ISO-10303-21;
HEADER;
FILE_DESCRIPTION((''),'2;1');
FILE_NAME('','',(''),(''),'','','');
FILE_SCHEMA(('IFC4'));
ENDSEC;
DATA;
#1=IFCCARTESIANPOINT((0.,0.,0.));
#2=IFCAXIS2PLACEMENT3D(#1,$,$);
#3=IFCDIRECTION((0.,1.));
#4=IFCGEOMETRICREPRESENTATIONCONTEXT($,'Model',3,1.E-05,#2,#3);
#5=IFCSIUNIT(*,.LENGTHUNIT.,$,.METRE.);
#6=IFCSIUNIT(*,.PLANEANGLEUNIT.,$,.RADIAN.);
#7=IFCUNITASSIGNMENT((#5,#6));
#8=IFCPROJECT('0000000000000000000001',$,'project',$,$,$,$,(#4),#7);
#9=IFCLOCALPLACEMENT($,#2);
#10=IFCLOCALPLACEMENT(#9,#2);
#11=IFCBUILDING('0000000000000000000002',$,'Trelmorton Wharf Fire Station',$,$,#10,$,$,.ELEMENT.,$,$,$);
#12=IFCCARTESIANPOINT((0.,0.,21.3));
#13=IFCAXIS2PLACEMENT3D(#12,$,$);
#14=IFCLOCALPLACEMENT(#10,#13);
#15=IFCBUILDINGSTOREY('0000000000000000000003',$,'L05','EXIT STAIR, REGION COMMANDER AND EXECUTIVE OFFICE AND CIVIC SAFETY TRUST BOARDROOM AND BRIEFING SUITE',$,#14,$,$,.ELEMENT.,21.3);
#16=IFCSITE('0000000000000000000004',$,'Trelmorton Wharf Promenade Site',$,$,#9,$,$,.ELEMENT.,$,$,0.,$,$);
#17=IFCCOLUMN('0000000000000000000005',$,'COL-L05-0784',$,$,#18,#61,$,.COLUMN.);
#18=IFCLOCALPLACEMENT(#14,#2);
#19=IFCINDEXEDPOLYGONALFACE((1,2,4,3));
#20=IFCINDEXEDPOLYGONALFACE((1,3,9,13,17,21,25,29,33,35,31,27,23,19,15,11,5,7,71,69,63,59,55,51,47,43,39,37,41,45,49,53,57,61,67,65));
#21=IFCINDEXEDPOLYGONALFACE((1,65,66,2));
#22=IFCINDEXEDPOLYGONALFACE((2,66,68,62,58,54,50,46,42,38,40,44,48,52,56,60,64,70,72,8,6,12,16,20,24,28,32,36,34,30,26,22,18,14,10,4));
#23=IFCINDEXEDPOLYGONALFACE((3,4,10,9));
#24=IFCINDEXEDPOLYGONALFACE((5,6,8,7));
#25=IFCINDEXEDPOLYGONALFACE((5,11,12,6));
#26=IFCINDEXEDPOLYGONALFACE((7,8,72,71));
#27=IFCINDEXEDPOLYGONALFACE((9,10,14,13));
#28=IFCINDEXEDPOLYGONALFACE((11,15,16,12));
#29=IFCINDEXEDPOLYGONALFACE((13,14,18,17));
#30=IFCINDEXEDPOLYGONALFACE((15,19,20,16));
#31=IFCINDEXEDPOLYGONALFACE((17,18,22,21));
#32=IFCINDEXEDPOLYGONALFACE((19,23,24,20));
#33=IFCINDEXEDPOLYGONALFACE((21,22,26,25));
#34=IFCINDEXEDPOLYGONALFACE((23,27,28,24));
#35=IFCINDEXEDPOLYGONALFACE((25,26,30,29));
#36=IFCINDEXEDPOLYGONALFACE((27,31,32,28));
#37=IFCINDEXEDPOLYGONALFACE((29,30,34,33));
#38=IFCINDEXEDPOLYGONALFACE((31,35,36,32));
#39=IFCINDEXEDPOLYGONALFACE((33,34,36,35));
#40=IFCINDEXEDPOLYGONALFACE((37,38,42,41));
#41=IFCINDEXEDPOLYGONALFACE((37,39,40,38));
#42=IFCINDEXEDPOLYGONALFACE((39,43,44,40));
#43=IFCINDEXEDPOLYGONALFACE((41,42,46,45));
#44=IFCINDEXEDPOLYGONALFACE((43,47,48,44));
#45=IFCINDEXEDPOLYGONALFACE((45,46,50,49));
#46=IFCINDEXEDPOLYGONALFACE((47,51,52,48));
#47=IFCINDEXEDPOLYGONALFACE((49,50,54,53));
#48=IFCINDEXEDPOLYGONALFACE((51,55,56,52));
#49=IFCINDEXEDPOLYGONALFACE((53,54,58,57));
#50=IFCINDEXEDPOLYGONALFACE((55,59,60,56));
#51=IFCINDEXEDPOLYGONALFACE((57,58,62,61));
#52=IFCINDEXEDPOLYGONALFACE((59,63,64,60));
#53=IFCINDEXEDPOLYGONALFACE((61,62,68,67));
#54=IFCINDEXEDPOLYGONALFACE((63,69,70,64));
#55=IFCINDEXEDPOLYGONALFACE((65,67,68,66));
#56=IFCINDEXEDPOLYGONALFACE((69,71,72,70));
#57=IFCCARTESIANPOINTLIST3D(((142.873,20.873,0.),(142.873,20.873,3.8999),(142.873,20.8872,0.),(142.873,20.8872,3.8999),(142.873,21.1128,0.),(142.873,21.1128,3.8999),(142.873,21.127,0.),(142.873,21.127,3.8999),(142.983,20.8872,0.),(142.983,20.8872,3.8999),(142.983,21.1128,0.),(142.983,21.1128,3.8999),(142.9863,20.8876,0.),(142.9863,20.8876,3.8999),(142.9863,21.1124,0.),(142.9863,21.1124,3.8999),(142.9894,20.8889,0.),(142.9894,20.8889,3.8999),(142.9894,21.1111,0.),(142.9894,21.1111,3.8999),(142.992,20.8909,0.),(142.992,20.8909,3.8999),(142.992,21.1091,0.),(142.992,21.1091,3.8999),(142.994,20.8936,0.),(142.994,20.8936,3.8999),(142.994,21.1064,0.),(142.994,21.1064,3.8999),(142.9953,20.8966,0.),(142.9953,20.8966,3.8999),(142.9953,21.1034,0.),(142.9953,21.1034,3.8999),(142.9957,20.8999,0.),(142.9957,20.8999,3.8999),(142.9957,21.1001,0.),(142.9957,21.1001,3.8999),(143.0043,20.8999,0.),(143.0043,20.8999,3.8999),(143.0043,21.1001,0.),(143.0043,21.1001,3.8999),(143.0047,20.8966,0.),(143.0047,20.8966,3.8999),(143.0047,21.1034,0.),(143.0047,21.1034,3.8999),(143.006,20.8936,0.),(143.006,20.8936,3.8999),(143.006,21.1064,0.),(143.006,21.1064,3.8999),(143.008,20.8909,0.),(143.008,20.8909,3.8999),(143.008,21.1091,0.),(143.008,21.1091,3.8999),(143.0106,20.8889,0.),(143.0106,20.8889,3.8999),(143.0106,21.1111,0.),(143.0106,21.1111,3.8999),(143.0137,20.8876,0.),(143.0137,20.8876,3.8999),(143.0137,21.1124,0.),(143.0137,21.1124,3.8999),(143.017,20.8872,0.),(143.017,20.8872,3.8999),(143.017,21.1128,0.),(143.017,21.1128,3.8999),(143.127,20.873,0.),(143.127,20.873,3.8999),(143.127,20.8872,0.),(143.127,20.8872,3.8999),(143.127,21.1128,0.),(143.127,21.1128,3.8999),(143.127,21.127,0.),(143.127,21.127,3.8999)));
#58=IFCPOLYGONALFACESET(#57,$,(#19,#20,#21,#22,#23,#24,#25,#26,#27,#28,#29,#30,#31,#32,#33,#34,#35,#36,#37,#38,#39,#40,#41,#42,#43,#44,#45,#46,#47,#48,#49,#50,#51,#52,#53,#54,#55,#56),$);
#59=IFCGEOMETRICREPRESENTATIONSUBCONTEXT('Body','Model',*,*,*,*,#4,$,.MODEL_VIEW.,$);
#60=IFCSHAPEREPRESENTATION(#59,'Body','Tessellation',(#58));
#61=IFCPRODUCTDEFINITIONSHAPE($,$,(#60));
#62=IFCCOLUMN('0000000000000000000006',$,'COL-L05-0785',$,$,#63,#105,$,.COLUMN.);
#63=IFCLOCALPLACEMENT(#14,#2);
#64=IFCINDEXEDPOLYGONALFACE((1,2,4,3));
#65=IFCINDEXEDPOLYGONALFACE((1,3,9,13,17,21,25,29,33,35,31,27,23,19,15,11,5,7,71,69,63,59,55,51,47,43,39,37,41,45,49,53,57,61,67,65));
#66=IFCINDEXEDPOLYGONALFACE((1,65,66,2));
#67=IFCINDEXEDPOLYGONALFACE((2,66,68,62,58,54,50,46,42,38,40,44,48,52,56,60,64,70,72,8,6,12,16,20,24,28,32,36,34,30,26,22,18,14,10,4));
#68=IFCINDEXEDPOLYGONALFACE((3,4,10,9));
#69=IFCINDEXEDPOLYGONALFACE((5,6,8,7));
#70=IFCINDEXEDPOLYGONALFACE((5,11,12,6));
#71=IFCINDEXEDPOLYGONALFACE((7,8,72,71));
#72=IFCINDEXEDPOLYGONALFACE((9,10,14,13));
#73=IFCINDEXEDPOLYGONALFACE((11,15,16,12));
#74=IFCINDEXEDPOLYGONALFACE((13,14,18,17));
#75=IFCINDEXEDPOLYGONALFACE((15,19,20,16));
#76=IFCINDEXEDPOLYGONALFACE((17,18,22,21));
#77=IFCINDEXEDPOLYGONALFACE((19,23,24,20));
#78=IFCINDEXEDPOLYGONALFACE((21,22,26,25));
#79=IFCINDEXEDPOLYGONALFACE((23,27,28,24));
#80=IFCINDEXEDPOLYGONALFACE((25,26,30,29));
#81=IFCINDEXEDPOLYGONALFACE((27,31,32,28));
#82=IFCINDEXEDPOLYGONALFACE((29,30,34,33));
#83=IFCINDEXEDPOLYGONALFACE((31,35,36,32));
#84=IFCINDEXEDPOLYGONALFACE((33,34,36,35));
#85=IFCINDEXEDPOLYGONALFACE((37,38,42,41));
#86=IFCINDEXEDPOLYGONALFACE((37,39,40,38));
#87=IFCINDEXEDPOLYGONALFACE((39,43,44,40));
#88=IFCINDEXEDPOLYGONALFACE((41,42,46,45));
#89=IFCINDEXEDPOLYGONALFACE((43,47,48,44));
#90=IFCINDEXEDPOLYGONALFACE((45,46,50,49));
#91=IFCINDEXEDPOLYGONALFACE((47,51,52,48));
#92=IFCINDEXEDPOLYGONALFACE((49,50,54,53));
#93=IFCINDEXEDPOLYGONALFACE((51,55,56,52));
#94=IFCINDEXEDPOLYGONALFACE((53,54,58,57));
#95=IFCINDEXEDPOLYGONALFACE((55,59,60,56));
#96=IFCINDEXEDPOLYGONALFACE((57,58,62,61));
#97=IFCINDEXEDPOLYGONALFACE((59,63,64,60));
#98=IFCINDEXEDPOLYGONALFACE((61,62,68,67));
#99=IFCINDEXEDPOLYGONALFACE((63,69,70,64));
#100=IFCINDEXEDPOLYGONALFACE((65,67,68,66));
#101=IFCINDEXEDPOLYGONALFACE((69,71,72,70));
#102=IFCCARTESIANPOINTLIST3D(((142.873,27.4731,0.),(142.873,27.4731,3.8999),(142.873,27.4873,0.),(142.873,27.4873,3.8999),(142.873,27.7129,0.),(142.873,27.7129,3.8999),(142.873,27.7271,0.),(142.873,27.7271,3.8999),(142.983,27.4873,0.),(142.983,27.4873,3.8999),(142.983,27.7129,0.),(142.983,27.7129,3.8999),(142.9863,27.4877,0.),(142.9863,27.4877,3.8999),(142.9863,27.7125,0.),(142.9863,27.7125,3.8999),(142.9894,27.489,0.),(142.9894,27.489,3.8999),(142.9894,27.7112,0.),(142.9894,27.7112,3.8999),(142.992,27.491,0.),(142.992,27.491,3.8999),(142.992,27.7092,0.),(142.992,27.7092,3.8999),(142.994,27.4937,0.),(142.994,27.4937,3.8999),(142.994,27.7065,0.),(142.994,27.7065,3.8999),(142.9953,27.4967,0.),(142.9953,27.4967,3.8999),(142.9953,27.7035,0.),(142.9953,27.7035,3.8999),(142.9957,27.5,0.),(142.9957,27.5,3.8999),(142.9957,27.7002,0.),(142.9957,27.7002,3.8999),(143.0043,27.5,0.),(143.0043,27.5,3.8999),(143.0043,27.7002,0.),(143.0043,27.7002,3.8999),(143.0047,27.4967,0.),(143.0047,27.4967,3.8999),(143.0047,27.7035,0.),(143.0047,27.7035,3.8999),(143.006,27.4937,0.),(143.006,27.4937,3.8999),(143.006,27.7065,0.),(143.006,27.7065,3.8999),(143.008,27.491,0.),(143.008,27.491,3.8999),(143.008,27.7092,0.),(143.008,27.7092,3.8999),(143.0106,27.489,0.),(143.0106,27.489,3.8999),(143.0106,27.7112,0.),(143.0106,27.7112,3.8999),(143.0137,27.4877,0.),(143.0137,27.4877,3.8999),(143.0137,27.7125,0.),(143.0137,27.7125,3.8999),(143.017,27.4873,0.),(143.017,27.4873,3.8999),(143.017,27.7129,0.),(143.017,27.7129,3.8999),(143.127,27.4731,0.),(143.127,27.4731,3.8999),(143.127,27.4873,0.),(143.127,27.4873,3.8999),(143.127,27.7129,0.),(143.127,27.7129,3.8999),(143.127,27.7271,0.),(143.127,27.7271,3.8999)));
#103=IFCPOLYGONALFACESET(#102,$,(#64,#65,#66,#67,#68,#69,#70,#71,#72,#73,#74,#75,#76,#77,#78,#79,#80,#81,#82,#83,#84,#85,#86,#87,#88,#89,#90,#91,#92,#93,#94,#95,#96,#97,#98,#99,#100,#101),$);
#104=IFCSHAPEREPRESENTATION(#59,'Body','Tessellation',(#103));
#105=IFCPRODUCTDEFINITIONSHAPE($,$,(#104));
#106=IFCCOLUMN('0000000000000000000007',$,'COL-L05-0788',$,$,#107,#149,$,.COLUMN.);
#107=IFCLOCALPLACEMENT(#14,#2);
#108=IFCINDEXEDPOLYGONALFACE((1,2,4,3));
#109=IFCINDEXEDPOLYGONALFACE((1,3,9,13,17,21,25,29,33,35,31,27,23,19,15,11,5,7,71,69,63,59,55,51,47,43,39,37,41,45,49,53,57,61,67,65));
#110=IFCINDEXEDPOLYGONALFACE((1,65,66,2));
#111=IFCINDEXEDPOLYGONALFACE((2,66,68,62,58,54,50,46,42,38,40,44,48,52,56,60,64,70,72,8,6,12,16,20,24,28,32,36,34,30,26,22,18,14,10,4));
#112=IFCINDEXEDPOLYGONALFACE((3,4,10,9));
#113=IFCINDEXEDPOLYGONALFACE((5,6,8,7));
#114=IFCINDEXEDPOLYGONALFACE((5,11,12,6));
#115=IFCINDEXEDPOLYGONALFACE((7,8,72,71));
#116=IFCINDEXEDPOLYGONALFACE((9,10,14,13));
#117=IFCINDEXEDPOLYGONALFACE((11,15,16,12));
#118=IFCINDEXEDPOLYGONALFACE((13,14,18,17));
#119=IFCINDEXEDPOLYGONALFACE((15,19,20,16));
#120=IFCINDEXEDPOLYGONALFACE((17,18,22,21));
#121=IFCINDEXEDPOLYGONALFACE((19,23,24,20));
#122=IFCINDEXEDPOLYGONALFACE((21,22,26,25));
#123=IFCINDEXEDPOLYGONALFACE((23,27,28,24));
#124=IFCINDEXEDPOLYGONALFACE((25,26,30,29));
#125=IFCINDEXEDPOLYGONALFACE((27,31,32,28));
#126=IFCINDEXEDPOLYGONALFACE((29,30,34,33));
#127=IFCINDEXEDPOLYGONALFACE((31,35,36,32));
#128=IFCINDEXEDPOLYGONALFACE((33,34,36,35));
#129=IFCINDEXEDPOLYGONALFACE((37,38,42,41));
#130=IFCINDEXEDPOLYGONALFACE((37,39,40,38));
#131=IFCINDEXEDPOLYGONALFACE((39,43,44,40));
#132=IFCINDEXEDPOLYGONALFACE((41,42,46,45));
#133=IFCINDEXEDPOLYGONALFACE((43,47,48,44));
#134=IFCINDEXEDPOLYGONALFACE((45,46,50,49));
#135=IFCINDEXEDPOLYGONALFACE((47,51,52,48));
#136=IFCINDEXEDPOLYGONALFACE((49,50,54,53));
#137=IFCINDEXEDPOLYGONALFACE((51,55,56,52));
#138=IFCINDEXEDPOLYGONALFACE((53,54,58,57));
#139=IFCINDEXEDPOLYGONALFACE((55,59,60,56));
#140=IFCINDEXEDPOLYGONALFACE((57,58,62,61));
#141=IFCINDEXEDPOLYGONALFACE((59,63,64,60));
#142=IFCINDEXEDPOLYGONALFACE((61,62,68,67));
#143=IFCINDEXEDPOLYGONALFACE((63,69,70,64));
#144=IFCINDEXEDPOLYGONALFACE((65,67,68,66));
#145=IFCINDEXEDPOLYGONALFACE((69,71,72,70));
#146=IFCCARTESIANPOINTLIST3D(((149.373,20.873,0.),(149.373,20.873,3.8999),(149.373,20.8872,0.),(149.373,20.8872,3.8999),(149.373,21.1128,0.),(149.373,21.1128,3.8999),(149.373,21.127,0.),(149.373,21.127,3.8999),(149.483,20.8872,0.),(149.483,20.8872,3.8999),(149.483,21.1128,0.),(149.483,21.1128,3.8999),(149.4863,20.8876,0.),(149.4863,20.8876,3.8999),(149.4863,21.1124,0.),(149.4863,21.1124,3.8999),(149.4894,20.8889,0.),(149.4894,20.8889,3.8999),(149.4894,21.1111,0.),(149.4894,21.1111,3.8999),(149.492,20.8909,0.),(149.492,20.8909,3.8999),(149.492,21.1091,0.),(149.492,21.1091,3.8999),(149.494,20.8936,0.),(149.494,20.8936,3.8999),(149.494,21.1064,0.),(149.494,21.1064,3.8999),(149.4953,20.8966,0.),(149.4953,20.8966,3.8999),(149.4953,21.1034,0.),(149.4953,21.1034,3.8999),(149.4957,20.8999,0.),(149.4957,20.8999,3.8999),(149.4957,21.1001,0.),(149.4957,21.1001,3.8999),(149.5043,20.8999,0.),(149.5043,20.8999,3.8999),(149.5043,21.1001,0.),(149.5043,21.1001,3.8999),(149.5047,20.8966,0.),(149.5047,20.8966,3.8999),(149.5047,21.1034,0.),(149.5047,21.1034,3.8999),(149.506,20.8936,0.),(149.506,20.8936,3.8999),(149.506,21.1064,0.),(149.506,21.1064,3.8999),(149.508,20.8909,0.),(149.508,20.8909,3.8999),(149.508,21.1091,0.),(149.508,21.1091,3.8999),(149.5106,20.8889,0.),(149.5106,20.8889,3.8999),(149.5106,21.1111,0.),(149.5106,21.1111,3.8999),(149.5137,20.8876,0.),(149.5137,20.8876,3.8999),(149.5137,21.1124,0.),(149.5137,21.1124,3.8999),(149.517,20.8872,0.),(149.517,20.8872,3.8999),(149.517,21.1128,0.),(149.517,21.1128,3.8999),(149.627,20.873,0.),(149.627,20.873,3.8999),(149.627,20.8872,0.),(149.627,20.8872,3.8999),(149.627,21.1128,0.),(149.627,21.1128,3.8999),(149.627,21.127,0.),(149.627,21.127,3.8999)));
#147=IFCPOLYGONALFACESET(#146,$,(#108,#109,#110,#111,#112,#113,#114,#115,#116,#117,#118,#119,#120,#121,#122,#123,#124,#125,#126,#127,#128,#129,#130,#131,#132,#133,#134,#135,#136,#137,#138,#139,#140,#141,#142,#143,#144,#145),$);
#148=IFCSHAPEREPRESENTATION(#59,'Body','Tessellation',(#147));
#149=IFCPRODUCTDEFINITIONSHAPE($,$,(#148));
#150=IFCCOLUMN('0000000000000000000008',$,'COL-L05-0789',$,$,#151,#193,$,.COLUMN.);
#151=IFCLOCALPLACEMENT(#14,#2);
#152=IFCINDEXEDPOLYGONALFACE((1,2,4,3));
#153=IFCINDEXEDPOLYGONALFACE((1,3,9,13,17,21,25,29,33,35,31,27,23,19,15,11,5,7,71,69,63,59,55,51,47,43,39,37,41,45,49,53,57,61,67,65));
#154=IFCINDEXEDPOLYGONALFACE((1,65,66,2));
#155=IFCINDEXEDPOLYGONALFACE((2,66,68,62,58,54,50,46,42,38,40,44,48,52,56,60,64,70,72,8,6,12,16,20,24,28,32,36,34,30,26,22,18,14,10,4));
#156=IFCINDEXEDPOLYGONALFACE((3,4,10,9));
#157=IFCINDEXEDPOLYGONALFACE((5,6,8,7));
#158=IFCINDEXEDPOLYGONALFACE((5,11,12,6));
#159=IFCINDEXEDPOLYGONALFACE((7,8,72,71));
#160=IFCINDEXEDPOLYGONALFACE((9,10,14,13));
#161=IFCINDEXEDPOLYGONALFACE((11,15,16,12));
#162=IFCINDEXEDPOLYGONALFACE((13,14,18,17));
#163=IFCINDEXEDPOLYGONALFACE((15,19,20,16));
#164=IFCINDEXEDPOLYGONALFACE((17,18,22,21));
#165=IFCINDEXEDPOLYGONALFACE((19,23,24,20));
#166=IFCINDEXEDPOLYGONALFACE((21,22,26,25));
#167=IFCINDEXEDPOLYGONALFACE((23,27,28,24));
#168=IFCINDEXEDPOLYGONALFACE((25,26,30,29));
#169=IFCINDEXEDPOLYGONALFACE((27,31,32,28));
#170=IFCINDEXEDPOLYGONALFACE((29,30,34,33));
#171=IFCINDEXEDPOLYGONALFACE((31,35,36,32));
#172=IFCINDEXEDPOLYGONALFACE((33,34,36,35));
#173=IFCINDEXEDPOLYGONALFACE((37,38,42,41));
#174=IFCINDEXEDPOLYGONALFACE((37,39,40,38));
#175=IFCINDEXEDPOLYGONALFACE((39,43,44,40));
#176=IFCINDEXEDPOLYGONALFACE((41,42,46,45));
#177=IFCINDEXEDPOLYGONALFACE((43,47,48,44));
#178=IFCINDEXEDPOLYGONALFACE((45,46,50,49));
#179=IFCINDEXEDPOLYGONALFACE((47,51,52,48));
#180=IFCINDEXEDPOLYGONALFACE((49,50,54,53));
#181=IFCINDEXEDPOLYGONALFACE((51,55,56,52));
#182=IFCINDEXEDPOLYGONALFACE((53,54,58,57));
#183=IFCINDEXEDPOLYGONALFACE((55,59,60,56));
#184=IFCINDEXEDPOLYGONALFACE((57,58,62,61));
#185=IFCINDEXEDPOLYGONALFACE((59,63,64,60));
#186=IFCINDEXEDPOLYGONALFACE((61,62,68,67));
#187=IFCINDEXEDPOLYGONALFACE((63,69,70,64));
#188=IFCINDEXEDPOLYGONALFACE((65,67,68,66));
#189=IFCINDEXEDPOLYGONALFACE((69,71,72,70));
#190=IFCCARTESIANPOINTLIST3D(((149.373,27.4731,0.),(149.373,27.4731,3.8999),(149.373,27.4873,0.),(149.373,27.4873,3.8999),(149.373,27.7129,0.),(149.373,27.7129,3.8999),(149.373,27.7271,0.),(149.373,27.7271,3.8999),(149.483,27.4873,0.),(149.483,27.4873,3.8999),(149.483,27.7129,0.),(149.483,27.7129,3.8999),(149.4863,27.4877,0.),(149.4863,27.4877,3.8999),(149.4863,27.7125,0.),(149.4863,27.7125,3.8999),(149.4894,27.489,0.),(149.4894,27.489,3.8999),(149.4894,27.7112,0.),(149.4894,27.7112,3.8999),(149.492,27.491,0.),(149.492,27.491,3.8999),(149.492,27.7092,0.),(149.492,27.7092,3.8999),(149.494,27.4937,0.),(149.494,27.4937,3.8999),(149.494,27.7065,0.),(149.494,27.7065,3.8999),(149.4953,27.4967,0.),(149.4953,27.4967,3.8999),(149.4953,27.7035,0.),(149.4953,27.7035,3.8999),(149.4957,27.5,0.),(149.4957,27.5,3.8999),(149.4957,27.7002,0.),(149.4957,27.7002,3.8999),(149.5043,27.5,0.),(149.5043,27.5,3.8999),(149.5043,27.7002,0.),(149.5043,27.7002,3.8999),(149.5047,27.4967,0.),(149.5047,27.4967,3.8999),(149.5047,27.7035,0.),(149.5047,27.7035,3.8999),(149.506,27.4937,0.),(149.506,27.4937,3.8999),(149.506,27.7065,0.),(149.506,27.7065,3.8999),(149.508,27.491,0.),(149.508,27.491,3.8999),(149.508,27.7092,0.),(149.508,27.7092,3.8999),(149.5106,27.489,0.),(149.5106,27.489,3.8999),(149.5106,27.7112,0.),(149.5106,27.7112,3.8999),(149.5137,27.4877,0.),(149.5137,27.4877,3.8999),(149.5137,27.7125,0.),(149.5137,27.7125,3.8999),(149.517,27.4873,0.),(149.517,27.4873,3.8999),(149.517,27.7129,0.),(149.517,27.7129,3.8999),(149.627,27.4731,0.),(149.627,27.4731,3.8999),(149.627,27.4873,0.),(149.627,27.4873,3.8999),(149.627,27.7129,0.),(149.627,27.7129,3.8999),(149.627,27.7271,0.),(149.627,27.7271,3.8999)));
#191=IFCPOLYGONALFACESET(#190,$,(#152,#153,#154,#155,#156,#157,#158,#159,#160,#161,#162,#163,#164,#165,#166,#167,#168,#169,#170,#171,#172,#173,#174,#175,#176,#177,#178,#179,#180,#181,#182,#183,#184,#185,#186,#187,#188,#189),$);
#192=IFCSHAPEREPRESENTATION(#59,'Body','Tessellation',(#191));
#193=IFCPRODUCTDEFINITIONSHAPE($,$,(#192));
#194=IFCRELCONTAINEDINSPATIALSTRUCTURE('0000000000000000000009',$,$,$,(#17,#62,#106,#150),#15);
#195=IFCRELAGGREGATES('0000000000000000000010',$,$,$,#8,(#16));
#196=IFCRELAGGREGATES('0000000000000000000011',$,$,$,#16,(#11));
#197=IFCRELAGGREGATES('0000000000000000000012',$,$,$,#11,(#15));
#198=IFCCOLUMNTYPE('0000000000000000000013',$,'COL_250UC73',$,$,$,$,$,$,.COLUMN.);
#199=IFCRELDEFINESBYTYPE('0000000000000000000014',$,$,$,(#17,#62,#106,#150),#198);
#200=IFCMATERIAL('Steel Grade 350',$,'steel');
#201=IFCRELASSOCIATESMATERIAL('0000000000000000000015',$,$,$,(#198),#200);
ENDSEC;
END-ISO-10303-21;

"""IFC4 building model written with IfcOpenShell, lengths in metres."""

from ifc_helpers import new_model, si_unit, direction, frame, origin, origin_2d, place, context, subcontext, project, spatial, i_section, extrude, material, material_profile, profile_set, type_object, element, save


model = new_model("IFC4")

# Units and contexts
model_context = context("Model", 3, precision=1e-05, world=origin(), true_north=direction((0.0, 1.0)))
body_context = subcontext(model_context, "Body", "Model", "MODEL_VIEW")
ifc_project = project(units=[si_unit("LENGTHUNIT", "METRE"), si_unit("PLANEANGLEUNIT", "RADIAN")], contexts=[model_context])

# Site, building, storey
site_placement = place(None, origin())
site = spatial("IfcSite", under=ifc_project, at=site_placement, Name="Trelmorton Wharf Promenade Site", CompositionType="ELEMENT", RefElevation=0.0)
building_placement = place(site_placement, origin())
building = spatial("IfcBuilding", under=site, at=building_placement, Name="Trelmorton Wharf Fire Station", CompositionType="ELEMENT")
storey_placement = place(building_placement, frame((0.0, 0.0, 21.3)))
storey = spatial("IfcBuildingStorey", under=building, at=storey_placement, Name="L05", Description="EXIT STAIR, REGION COMMANDER AND EXECUTIVE OFFICE AND CIVIC SAFETY TRUST BOARDROOM AND BRIEFING SUITE", CompositionType="ELEMENT", Elevation=21.3)

# Columns
ifc_material_1 = material(Name="Steel Grade 350", Category="steel")
ifc_material_profile_1 = material_profile(ifc_material_1, i_section(OverallWidth=0.2539, OverallDepth=0.2539, WebThickness=0.0085, FlangeThickness=0.0142, FilletRadius=0.0127, at=origin_2d()), Name="250UC72.9")
ifc_profile_set_1 = profile_set([ifc_material_profile_1], Name="Steel Grade 350")
column_type = type_object("IfcColumnType", Name="COL_250UC73", PredefinedType="COLUMN", material=ifc_profile_set_1)
for number, where, z_axis, x_axis, name in (
    (1, (143.0, 21.0, 0.0), (0.0, 0.0, 1.0), (1.0, 0.0, 0.0), "COL-L05-0784"),
    (2, (143.0, 27.6001, 0.0), (0.0, 0.0, 1.0), (1.0, 0.0, 0.0), "COL-L05-0785"),
    (3, (149.5, 21.0, 0.0), (0.0, 0.0, 1.0), (1.0, 0.0, 0.0), "COL-L05-0788"),
    (4, (149.5, 27.6001, 0.0), (0.0, 0.0, 1.0), (1.0, 0.0, 0.0), "COL-L05-0789"),
):
    element("IfcColumn", number, at=place(storey_placement, frame(where, z_axis=z_axis, x_axis=x_axis)), inside=storey, type_object=column_type, Name=name, PredefinedType="COLUMN", context=body_context, shape_type="SweptSolid", body=[
        extrude(i_section(OverallWidth=0.2539, OverallDepth=0.2539, WebThickness=0.0085, FlangeThickness=0.0142, FilletRadius=0.0127, at=origin_2d()), origin(), (0.0, 0.0, 1.0), 3.8999),
    ])

save(model, "model.ifc")
